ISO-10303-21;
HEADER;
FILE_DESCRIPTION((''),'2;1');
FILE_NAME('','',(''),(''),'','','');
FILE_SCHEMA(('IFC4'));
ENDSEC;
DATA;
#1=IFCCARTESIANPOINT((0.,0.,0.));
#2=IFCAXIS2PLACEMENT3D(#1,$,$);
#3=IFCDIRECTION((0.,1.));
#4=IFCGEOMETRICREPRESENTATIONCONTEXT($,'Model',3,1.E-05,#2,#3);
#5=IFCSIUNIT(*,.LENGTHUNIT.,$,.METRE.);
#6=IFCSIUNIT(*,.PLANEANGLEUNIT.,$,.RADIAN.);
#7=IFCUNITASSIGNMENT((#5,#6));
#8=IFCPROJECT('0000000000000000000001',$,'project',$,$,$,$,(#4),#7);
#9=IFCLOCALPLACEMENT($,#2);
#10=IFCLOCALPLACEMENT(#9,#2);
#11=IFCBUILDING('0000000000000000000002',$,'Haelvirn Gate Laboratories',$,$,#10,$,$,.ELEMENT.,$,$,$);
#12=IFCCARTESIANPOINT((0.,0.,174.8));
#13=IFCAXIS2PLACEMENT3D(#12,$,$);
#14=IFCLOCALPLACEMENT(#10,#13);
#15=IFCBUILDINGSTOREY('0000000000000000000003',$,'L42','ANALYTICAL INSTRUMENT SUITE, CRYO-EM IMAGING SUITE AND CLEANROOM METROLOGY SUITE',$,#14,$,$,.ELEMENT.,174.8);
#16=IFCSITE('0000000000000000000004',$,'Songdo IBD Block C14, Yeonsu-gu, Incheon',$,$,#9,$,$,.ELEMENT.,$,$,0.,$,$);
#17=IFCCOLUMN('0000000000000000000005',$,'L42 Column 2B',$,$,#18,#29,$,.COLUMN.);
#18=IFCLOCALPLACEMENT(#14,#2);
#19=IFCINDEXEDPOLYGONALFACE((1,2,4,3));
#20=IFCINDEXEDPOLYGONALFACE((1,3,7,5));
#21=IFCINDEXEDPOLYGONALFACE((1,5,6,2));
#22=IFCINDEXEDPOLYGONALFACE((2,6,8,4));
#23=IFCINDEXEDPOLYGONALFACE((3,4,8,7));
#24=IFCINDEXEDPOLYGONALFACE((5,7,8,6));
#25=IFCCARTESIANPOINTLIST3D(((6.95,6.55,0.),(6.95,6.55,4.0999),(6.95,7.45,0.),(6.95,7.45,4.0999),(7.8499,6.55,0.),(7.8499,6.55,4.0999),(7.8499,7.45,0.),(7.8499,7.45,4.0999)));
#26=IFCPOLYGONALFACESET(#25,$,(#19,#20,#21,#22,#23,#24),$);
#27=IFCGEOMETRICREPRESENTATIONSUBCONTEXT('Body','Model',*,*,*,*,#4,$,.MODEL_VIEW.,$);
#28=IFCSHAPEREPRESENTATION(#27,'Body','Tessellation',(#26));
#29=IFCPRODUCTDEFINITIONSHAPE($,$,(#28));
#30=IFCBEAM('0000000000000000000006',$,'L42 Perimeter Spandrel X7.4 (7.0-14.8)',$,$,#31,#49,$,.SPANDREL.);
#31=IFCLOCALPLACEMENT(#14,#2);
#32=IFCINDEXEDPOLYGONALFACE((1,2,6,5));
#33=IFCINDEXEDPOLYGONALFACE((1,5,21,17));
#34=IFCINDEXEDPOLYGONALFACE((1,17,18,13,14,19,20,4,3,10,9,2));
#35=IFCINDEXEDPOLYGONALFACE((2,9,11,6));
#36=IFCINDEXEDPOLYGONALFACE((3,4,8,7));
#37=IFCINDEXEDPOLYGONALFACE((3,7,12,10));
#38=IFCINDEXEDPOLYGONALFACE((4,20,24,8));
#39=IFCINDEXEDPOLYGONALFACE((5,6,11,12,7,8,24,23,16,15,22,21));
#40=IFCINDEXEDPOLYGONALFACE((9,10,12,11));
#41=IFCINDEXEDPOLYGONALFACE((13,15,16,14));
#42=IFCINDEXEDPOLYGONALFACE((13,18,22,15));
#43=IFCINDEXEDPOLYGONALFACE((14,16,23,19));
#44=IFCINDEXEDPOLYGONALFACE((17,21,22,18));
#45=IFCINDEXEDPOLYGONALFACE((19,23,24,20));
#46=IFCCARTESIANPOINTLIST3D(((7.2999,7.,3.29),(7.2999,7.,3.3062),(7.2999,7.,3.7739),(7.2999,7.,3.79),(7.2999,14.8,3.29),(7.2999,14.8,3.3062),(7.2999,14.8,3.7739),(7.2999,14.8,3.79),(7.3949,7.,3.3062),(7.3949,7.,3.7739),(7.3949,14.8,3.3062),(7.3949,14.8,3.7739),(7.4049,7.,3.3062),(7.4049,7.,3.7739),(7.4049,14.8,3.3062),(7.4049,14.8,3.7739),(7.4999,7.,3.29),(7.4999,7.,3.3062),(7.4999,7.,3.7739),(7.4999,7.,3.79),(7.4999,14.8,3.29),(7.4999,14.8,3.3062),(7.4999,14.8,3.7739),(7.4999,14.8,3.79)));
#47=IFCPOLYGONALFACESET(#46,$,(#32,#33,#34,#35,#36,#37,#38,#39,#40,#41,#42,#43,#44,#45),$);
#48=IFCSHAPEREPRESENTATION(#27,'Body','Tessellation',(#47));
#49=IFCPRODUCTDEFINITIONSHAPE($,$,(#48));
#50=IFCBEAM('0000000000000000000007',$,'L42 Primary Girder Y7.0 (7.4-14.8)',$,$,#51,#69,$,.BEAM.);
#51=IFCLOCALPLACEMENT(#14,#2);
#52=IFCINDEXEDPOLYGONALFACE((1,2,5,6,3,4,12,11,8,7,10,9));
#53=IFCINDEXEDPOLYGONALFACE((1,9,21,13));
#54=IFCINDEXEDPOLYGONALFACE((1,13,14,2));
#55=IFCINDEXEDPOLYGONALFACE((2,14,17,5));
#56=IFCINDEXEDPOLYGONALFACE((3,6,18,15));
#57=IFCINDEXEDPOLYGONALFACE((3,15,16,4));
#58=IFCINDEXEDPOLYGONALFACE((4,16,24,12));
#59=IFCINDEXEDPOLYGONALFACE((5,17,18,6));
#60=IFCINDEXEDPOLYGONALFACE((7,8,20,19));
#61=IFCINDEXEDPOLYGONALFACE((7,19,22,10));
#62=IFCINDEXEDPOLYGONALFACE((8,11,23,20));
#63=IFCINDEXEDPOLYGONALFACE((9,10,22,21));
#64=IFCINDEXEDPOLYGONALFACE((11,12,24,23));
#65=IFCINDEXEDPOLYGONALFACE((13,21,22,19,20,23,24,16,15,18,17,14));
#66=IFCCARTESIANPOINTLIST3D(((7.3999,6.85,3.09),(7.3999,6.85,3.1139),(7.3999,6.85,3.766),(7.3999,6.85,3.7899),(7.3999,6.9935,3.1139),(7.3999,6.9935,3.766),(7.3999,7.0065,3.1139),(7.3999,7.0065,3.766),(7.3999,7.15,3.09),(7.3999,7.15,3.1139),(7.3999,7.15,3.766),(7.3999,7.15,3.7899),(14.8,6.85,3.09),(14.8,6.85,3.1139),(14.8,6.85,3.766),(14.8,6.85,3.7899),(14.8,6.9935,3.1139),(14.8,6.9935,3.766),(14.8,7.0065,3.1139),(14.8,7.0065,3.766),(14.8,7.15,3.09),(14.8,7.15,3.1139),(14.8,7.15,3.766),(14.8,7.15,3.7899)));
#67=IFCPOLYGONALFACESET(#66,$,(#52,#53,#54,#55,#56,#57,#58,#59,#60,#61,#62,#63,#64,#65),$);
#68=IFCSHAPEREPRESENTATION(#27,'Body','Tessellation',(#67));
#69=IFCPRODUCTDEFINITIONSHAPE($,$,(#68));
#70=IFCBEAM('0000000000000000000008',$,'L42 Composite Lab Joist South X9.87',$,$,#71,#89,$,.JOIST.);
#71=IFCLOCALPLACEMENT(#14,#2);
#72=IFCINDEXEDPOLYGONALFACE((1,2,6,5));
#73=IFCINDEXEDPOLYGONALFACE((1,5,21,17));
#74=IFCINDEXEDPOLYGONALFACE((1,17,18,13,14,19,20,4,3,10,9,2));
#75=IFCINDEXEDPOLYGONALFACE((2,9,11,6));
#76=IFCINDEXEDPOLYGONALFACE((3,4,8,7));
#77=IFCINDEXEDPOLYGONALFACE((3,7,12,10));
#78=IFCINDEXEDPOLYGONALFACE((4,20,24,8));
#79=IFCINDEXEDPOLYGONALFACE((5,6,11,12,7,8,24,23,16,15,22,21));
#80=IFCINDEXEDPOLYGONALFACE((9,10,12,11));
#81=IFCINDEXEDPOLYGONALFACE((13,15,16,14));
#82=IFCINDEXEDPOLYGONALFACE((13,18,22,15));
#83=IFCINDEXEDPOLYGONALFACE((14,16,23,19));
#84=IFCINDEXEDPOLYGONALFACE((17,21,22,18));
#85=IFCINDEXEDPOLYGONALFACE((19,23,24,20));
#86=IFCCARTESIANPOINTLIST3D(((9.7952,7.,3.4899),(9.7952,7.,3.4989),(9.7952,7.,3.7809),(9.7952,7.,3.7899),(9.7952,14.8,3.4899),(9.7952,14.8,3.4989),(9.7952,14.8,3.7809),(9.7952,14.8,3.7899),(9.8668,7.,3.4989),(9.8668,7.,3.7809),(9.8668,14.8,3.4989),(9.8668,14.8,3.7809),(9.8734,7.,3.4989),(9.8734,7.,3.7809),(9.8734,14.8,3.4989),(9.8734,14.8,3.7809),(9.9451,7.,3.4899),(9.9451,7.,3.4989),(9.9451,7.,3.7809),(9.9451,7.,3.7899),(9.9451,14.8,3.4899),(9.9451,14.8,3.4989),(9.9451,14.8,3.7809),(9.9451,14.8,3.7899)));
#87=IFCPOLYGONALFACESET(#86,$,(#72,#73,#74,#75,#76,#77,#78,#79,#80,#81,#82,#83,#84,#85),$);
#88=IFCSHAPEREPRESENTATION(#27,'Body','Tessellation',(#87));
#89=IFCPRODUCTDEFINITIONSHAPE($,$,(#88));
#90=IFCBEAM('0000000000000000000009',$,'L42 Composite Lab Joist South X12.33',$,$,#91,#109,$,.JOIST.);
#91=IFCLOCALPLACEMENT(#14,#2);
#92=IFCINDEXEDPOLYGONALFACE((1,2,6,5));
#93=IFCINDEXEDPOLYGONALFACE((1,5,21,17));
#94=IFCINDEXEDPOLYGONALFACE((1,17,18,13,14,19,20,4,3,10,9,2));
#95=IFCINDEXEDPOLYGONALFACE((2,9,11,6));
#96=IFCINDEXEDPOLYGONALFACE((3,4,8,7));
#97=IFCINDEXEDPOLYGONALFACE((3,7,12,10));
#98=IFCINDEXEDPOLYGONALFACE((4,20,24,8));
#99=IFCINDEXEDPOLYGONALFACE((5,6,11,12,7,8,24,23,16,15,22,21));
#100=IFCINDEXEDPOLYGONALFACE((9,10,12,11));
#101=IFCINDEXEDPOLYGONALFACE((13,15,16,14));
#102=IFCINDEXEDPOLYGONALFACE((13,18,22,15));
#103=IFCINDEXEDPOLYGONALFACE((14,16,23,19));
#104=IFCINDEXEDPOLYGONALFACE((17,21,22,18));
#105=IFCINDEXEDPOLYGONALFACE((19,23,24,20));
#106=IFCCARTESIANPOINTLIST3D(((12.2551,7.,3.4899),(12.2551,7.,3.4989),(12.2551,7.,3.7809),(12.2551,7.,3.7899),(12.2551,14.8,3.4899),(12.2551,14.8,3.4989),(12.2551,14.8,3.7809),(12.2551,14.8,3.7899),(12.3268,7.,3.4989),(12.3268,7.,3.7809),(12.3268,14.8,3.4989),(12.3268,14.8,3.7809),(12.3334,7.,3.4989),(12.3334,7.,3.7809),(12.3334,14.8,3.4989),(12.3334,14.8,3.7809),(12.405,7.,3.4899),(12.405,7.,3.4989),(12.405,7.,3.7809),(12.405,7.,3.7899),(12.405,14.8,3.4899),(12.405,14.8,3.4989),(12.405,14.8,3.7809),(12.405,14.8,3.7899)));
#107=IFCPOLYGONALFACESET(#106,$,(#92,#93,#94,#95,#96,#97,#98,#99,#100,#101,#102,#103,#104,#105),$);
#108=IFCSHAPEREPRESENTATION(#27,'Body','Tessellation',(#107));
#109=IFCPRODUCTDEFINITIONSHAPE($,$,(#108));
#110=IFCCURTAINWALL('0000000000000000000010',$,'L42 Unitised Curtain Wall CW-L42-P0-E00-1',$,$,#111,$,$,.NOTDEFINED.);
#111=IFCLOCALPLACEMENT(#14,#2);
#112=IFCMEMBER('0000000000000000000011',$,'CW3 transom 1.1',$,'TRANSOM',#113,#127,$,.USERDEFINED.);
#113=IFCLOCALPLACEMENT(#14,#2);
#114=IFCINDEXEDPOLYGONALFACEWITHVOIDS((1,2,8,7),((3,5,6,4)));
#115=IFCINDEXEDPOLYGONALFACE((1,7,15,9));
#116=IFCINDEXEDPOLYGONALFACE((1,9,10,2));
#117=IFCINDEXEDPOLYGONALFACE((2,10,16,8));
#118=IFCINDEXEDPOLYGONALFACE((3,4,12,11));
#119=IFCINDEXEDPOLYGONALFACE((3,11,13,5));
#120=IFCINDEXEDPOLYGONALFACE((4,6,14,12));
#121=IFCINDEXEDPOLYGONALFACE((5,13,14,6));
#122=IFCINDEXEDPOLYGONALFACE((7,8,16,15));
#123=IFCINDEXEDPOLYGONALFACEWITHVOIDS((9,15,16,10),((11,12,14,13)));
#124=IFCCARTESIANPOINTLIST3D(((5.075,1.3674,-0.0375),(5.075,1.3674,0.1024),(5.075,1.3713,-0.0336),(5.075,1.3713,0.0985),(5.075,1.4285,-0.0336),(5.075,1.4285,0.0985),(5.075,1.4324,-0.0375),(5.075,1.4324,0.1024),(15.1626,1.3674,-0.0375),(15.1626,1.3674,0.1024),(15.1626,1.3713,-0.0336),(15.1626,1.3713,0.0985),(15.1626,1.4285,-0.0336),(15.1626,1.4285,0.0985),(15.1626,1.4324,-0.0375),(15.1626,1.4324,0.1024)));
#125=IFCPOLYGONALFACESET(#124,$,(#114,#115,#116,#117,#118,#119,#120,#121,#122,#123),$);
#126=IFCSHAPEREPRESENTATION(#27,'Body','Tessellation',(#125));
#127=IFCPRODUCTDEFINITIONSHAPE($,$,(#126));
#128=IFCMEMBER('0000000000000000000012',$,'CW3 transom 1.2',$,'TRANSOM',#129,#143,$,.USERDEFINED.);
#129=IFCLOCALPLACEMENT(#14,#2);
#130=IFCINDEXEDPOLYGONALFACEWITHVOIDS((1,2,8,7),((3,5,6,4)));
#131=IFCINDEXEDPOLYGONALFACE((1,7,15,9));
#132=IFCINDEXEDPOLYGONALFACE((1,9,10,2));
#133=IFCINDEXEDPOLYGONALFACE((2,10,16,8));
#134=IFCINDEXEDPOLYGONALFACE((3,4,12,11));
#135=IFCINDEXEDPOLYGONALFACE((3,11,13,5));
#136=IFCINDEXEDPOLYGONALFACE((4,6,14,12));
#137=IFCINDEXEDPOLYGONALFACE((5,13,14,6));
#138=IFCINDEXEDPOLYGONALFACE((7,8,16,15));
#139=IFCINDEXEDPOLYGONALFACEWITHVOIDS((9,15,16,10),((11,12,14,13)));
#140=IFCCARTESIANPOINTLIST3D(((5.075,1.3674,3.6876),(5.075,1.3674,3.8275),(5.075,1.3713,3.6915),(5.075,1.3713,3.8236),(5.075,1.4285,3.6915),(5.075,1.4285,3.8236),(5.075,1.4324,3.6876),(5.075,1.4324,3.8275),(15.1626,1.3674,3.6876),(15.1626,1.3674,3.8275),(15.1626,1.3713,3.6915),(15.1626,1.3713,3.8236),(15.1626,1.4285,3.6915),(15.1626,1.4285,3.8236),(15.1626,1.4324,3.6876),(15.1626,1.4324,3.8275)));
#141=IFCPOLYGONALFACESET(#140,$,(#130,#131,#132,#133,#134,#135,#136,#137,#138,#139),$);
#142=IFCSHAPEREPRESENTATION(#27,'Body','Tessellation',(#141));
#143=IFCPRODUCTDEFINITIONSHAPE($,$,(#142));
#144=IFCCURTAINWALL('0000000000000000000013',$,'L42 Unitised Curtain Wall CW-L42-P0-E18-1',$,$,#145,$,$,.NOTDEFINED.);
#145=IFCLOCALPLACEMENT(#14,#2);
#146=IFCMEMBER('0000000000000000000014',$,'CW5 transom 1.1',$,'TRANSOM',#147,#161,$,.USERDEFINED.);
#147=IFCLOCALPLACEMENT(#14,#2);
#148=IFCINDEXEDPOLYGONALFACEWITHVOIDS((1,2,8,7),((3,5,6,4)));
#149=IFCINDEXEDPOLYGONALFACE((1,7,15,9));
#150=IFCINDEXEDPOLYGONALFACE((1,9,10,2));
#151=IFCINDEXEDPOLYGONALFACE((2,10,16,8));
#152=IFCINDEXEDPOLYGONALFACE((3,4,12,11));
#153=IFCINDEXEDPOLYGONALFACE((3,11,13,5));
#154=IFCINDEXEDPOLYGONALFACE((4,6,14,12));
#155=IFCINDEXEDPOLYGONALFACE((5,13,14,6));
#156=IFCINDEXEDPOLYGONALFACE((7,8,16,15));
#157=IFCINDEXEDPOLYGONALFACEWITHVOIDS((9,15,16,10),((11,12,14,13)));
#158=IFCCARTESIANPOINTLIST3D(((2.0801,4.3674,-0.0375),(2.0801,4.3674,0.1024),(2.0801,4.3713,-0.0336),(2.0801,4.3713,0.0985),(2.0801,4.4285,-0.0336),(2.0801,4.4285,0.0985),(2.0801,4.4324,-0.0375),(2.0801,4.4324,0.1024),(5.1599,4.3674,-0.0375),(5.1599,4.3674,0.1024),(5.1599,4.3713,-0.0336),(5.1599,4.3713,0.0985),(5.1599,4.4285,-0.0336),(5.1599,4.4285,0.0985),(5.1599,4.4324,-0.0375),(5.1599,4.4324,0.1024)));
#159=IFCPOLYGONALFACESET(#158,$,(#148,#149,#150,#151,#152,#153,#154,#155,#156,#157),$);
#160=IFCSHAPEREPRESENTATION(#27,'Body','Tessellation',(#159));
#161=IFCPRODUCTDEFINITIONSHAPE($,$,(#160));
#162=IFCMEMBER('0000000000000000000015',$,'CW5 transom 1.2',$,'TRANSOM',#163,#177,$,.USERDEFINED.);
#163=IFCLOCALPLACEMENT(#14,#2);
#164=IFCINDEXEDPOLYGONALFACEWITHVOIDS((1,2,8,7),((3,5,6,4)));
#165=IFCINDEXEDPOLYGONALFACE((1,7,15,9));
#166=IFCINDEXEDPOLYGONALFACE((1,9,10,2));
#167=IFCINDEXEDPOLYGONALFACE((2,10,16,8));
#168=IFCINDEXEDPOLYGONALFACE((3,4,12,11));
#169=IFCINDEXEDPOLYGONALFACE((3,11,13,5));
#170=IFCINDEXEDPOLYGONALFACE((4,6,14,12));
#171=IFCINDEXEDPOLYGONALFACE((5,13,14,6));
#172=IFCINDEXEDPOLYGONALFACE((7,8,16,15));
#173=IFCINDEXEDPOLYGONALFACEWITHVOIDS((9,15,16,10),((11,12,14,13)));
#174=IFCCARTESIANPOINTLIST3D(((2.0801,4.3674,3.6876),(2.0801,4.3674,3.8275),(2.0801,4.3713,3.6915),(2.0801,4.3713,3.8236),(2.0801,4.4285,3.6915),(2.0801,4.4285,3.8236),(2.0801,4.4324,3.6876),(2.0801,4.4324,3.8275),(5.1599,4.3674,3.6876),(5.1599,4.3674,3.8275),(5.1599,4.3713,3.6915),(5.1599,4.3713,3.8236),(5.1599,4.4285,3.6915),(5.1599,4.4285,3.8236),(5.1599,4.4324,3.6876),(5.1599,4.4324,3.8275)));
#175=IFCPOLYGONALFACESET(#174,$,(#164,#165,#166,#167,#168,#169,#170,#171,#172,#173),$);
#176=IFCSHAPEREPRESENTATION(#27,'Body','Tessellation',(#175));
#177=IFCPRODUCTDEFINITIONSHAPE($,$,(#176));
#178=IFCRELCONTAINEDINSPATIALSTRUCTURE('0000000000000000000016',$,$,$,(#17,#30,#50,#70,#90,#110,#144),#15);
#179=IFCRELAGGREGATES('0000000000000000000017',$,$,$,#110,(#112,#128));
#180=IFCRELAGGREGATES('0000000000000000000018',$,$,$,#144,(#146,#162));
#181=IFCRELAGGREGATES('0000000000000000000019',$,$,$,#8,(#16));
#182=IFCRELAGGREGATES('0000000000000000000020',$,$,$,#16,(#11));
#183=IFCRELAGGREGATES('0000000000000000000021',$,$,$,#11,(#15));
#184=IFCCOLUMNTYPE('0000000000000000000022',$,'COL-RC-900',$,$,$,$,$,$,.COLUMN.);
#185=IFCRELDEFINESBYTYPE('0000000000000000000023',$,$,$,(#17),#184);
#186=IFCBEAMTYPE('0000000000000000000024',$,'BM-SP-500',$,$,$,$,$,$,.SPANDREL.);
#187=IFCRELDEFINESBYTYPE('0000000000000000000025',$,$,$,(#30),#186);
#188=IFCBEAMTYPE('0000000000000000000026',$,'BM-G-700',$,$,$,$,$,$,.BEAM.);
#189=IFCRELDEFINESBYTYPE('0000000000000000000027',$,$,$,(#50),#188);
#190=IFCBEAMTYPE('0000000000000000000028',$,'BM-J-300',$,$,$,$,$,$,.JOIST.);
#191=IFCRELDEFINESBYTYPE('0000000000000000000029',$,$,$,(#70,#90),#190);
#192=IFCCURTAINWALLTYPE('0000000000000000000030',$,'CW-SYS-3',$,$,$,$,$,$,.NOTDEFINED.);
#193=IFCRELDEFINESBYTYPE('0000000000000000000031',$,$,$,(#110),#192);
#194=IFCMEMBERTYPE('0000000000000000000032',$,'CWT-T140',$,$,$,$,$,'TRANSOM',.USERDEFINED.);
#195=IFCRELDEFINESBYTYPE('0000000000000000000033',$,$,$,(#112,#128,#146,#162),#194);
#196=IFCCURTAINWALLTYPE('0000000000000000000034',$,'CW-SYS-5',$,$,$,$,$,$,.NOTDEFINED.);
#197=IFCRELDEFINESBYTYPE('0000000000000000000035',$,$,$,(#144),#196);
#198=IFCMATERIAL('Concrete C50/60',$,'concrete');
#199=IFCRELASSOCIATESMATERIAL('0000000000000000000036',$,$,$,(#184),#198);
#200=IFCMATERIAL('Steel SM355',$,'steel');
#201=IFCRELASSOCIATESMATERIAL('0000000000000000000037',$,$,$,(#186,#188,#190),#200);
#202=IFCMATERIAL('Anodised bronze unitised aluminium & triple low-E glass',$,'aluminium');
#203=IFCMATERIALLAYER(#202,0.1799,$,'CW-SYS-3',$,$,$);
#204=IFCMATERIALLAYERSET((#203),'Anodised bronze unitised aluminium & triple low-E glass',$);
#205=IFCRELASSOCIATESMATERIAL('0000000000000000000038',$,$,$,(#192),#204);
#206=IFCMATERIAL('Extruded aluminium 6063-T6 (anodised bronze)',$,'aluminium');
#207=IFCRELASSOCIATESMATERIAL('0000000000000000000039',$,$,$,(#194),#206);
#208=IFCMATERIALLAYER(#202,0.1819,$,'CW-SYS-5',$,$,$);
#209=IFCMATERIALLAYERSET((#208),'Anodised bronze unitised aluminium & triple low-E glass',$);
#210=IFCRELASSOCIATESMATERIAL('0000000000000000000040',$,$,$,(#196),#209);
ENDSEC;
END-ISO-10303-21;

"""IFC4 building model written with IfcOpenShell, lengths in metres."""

from ifc_helpers import new_model, si_unit, direction, frame, origin, origin_2d, place, context, subcontext, project, spatial, rectangle, hollow_rectangle, i_section, extrude, source, transform, mapped, material, layer, layer_set, material_profile, profile_set, type_object, type_shapes, element, aggregate, save


model = new_model("IFC4")

# Units and contexts
model_context = context("Model", 3, precision=1e-05, world=origin(), true_north=direction((0.0, 1.0)))
body_context = subcontext(model_context, "Body", "Model", "MODEL_VIEW")
ifc_project = project(units=[si_unit("LENGTHUNIT", "METRE"), si_unit("PLANEANGLEUNIT", "RADIAN")], contexts=[model_context])

# Site, building, storey
site_placement = place(None, origin())
site = spatial("IfcSite", under=ifc_project, at=site_placement, Name="Songdo IBD Block C14, Yeonsu-gu, Incheon", CompositionType="ELEMENT", RefElevation=0.0)
building_placement = place(site_placement, origin())
building = spatial("IfcBuilding", under=site, at=building_placement, Name="Haelvirn Gate Laboratories", CompositionType="ELEMENT")
storey_placement = place(building_placement, frame((0.0, 0.0, 174.8)))
storey = spatial("IfcBuildingStorey", under=building, at=storey_placement, Name="L42", Description="ANALYTICAL INSTRUMENT SUITE, CRYO-EM IMAGING SUITE AND CLEANROOM METROLOGY SUITE", CompositionType="ELEMENT", Elevation=174.8)

# Column
ifc_material_1 = material(Name="Concrete C50/60", Category="concrete")
ifc_material_profile_1 = material_profile(ifc_material_1, rectangle(XDim=0.8999, YDim=0.8999, at=origin_2d()), Name="RC-900x900")
ifc_profile_set_1 = profile_set([ifc_material_profile_1], Name="Concrete C50/60")
column_type = type_object("IfcColumnType", Name="COL-RC-900", PredefinedType="COLUMN", material=ifc_profile_set_1)
shared_shape_1 = source(origin(), body_context, "Body", "SweptSolid", [
    extrude(rectangle(XDim=0.8999, YDim=0.8999, at=origin_2d()), origin(), (0.0, 0.0, 1.0), 4.0999),
])
type_shapes(column_type, [shared_shape_1])
column_placement = place(storey_placement, frame((7.3999, 7.0, 0.0), z_axis=(0.0, 0.0, 1.0), x_axis=(1.0, 0.0, 0.0)))
element("IfcColumn", 1, at=column_placement, inside=storey, type_object=column_type, Name="L42 Column 2B", PredefinedType="COLUMN", context=body_context, shape_type="MappedRepresentation", body=[
    mapped(shared_shape_1, transform((0.0, 0.0, 0.0), scale=1.0)),
])

# Beams
ifc_material_2 = material(Name="Steel SM355", Category="steel")
ifc_material_profile_2 = material_profile(ifc_material_2, i_section(OverallWidth=0.2, OverallDepth=0.5, WebThickness=0.01, FlangeThickness=0.0161, at=origin_2d()), Name="H-500x200x10x16")
ifc_profile_set_2 = profile_set([ifc_material_profile_2], Name="Steel SM355")
beam_type_1 = type_object("IfcBeamType", Name="BM-SP-500", PredefinedType="SPANDREL", material=ifc_profile_set_2)
shared_shape_2 = source(origin(), body_context, "Body", "SweptSolid", [
    extrude(i_section(OverallWidth=0.2, OverallDepth=0.5, WebThickness=0.01, FlangeThickness=0.0161, at=origin_2d()), origin(), (0.0, 0.0, 1.0), 7.8),
])
type_shapes(beam_type_1, [shared_shape_2])
beam_1_placement = place(storey_placement, frame((7.3999, 7.0, 3.54), z_axis=(0.0, 1.0, 0.0), x_axis=(-1.0, 0.0, 0.0)))
element("IfcBeam", 2, at=beam_1_placement, inside=storey, type_object=beam_type_1, Name="L42 Perimeter Spandrel X7.4 (7.0-14.8)", PredefinedType="SPANDREL", context=body_context, shape_type="MappedRepresentation", body=[
    mapped(shared_shape_2, transform((0.0, 0.0, 0.0), scale=1.0)),
])
ifc_material_profile_3 = material_profile(ifc_material_2, i_section(OverallWidth=0.3, OverallDepth=0.7, WebThickness=0.0129, FlangeThickness=0.0239, at=origin_2d()), Name="H-700x300x13x24")
ifc_profile_set_3 = profile_set([ifc_material_profile_3], Name="Steel SM355")
beam_type_2 = type_object("IfcBeamType", Name="BM-G-700", PredefinedType="BEAM", material=ifc_profile_set_3)
shared_shape_3 = source(origin(), body_context, "Body", "SweptSolid", [
    extrude(i_section(OverallWidth=0.3, OverallDepth=0.7, WebThickness=0.0129, FlangeThickness=0.0239, at=origin_2d()), origin(), (0.0, 0.0, 1.0), 7.4001),
])
type_shapes(beam_type_2, [shared_shape_3])
beam_2_placement = place(storey_placement, frame((7.3999, 7.0, 3.4399), z_axis=(1.0, 0.0, 0.0), x_axis=(0.0, 1.0, 0.0)))
element("IfcBeam", 3, at=beam_2_placement, inside=storey, type_object=beam_type_2, Name="L42 Primary Girder Y7.0 (7.4-14.8)", PredefinedType="BEAM", context=body_context, shape_type="MappedRepresentation", body=[
    mapped(shared_shape_3, transform((0.0, 0.0, 0.0), scale=1.0)),
])
ifc_material_profile_4 = material_profile(ifc_material_2, i_section(OverallWidth=0.1499, OverallDepth=0.3, WebThickness=0.0066, FlangeThickness=0.009, at=origin_2d()), Name="H-300x150x6.5x9")
ifc_profile_set_4 = profile_set([ifc_material_profile_4], Name="Steel SM355")
beam_type_3 = type_object("IfcBeamType", Name="BM-J-300", PredefinedType="JOIST", material=ifc_profile_set_4)
shared_shape_4 = source(origin(), body_context, "Body", "SweptSolid", [
    extrude(i_section(OverallWidth=0.1499, OverallDepth=0.3, WebThickness=0.0066, FlangeThickness=0.009, at=origin_2d()), origin(), (0.0, 0.0, 1.0), 7.8),
])
type_shapes(beam_type_3, [shared_shape_4])
for number, where, z_axis, x_axis, name in (
    (4, (9.8701, 7.0, 3.6399), (0.0, 1.0, 0.0), (-1.0, 0.0, 0.0), "L42 Composite Lab Joist South X9.87"),
    (5, (12.3301, 7.0, 3.6399), (0.0, 1.0, 0.0), (-1.0, 0.0, 0.0), "L42 Composite Lab Joist South X12.33"),
):
    element("IfcBeam", number, at=place(storey_placement, frame(where, z_axis=z_axis, x_axis=x_axis)), inside=storey, type_object=beam_type_3, Name=name, PredefinedType="JOIST", context=body_context, shape_type="MappedRepresentation", body=[
        mapped(shared_shape_4, transform((0.0, 0.0, 0.0), scale=1.0)),
    ])

# Curtain walls, members
ifc_material_3 = material(Name="Anodised bronze unitised aluminium & triple low-E glass", Category="aluminium")
ifc_layer_1 = layer(ifc_material_3, 0.1799, Name="CW-SYS-3")
ifc_layer_set_1 = layer_set([ifc_layer_1], Name="Anodised bronze unitised aluminium & triple low-E glass")
curtain_wall_type_1 = type_object("IfcCurtainWallType", Name="CW-SYS-3", PredefinedType="NOTDEFINED", material=ifc_layer_set_1)
curtain_wall_1_placement = place(storey_placement, origin())
curtain_wall_1 = element("IfcCurtainWall", 6, at=curtain_wall_1_placement, inside=storey, type_object=curtain_wall_type_1, Name="L42 Unitised Curtain Wall CW-L42-P0-E00-1", PredefinedType="NOTDEFINED")
ifc_material_4 = material(Name="Extruded aluminium 6063-T6 (anodised bronze)", Category="aluminium")
ifc_material_profile_5 = material_profile(ifc_material_4, hollow_rectangle(XDim=0.0649, YDim=0.1399, WallThickness=0.0039, at=origin_2d()), Name="CWT-140x65x4")
ifc_profile_set_5 = profile_set([ifc_material_profile_5], Name="Extruded aluminium 6063-T6 (anodised bronze)")
member_type_1 = type_object("IfcMemberType", Name="CWT-T140", ElementType="TRANSOM", PredefinedType="USERDEFINED", material=ifc_profile_set_5)
shared_shape_5 = source(origin(), body_context, "Body", "SweptSolid", [
    extrude(hollow_rectangle(XDim=0.0649, YDim=0.1399, WallThickness=0.0039, at=origin_2d()), origin(), (0.0, 0.0, 1.0), 10.0876),
])
member_1_placement = place(storey_placement, frame((5.075, 1.3999, 0.0325), z_axis=(1.0, 0.0, 0.0), x_axis=(0.0, 1.0, 0.0)))
member_1 = element("IfcMember", 7, at=member_1_placement, type_object=member_type_1, Name="CW3 transom 1.1", ObjectType="TRANSOM", PredefinedType="USERDEFINED", context=body_context, shape_type="MappedRepresentation", body=[
    mapped(shared_shape_5, transform((0.0, 0.0, 0.0), scale=1.0)),
])
member_2_placement = place(storey_placement, frame((5.075, 1.3999, 3.7576), z_axis=(1.0, 0.0, 0.0), x_axis=(0.0, 1.0, 0.0)))
member_2 = element("IfcMember", 8, at=member_2_placement, type_object=member_type_1, Name="CW3 transom 1.2", ObjectType="TRANSOM", PredefinedType="USERDEFINED", context=body_context, shape_type="MappedRepresentation", body=[
    mapped(shared_shape_5, transform((0.0, 0.0, 0.0), scale=1.0)),
])
ifc_layer_2 = layer(ifc_material_3, 0.1819, Name="CW-SYS-5")
ifc_layer_set_2 = layer_set([ifc_layer_2], Name="Anodised bronze unitised aluminium & triple low-E glass")
curtain_wall_type_2 = type_object("IfcCurtainWallType", Name="CW-SYS-5", PredefinedType="NOTDEFINED", material=ifc_layer_set_2)
curtain_wall_2_placement = place(storey_placement, origin())
curtain_wall_2 = element("IfcCurtainWall", 9, at=curtain_wall_2_placement, inside=storey, type_object=curtain_wall_type_2, Name="L42 Unitised Curtain Wall CW-L42-P0-E18-1", PredefinedType="NOTDEFINED")
shared_shape_6 = source(origin(), body_context, "Body", "SweptSolid", [
    extrude(hollow_rectangle(XDim=0.0649, YDim=0.1399, WallThickness=0.0039, at=origin_2d()), origin(), (0.0, 0.0, 1.0), 3.0798),
])
type_shapes(member_type_1, [shared_shape_5, shared_shape_6])
member_3_placement = place(storey_placement, frame((2.0801, 4.3999, 0.0325), z_axis=(1.0, 0.0, 0.0), x_axis=(0.0, 1.0, 0.0)))
member_3 = element("IfcMember", 10, at=member_3_placement, type_object=member_type_1, Name="CW5 transom 1.1", ObjectType="TRANSOM", PredefinedType="USERDEFINED", context=body_context, shape_type="MappedRepresentation", body=[
    mapped(shared_shape_6, transform((0.0, 0.0, 0.0), scale=1.0)),
])
member_4_placement = place(storey_placement, frame((2.0801, 4.3999, 3.7576), z_axis=(1.0, 0.0, 0.0), x_axis=(0.0, 1.0, 0.0)))
member_4 = element("IfcMember", 11, at=member_4_placement, type_object=member_type_1, Name="CW5 transom 1.2", ObjectType="TRANSOM", PredefinedType="USERDEFINED", context=body_context, shape_type="MappedRepresentation", body=[
    mapped(shared_shape_6, transform((0.0, 0.0, 0.0), scale=1.0)),
])

aggregate(curtain_wall_1, [member_1, member_2])
aggregate(curtain_wall_2, [member_3, member_4])

save(model, "model.ifc")
